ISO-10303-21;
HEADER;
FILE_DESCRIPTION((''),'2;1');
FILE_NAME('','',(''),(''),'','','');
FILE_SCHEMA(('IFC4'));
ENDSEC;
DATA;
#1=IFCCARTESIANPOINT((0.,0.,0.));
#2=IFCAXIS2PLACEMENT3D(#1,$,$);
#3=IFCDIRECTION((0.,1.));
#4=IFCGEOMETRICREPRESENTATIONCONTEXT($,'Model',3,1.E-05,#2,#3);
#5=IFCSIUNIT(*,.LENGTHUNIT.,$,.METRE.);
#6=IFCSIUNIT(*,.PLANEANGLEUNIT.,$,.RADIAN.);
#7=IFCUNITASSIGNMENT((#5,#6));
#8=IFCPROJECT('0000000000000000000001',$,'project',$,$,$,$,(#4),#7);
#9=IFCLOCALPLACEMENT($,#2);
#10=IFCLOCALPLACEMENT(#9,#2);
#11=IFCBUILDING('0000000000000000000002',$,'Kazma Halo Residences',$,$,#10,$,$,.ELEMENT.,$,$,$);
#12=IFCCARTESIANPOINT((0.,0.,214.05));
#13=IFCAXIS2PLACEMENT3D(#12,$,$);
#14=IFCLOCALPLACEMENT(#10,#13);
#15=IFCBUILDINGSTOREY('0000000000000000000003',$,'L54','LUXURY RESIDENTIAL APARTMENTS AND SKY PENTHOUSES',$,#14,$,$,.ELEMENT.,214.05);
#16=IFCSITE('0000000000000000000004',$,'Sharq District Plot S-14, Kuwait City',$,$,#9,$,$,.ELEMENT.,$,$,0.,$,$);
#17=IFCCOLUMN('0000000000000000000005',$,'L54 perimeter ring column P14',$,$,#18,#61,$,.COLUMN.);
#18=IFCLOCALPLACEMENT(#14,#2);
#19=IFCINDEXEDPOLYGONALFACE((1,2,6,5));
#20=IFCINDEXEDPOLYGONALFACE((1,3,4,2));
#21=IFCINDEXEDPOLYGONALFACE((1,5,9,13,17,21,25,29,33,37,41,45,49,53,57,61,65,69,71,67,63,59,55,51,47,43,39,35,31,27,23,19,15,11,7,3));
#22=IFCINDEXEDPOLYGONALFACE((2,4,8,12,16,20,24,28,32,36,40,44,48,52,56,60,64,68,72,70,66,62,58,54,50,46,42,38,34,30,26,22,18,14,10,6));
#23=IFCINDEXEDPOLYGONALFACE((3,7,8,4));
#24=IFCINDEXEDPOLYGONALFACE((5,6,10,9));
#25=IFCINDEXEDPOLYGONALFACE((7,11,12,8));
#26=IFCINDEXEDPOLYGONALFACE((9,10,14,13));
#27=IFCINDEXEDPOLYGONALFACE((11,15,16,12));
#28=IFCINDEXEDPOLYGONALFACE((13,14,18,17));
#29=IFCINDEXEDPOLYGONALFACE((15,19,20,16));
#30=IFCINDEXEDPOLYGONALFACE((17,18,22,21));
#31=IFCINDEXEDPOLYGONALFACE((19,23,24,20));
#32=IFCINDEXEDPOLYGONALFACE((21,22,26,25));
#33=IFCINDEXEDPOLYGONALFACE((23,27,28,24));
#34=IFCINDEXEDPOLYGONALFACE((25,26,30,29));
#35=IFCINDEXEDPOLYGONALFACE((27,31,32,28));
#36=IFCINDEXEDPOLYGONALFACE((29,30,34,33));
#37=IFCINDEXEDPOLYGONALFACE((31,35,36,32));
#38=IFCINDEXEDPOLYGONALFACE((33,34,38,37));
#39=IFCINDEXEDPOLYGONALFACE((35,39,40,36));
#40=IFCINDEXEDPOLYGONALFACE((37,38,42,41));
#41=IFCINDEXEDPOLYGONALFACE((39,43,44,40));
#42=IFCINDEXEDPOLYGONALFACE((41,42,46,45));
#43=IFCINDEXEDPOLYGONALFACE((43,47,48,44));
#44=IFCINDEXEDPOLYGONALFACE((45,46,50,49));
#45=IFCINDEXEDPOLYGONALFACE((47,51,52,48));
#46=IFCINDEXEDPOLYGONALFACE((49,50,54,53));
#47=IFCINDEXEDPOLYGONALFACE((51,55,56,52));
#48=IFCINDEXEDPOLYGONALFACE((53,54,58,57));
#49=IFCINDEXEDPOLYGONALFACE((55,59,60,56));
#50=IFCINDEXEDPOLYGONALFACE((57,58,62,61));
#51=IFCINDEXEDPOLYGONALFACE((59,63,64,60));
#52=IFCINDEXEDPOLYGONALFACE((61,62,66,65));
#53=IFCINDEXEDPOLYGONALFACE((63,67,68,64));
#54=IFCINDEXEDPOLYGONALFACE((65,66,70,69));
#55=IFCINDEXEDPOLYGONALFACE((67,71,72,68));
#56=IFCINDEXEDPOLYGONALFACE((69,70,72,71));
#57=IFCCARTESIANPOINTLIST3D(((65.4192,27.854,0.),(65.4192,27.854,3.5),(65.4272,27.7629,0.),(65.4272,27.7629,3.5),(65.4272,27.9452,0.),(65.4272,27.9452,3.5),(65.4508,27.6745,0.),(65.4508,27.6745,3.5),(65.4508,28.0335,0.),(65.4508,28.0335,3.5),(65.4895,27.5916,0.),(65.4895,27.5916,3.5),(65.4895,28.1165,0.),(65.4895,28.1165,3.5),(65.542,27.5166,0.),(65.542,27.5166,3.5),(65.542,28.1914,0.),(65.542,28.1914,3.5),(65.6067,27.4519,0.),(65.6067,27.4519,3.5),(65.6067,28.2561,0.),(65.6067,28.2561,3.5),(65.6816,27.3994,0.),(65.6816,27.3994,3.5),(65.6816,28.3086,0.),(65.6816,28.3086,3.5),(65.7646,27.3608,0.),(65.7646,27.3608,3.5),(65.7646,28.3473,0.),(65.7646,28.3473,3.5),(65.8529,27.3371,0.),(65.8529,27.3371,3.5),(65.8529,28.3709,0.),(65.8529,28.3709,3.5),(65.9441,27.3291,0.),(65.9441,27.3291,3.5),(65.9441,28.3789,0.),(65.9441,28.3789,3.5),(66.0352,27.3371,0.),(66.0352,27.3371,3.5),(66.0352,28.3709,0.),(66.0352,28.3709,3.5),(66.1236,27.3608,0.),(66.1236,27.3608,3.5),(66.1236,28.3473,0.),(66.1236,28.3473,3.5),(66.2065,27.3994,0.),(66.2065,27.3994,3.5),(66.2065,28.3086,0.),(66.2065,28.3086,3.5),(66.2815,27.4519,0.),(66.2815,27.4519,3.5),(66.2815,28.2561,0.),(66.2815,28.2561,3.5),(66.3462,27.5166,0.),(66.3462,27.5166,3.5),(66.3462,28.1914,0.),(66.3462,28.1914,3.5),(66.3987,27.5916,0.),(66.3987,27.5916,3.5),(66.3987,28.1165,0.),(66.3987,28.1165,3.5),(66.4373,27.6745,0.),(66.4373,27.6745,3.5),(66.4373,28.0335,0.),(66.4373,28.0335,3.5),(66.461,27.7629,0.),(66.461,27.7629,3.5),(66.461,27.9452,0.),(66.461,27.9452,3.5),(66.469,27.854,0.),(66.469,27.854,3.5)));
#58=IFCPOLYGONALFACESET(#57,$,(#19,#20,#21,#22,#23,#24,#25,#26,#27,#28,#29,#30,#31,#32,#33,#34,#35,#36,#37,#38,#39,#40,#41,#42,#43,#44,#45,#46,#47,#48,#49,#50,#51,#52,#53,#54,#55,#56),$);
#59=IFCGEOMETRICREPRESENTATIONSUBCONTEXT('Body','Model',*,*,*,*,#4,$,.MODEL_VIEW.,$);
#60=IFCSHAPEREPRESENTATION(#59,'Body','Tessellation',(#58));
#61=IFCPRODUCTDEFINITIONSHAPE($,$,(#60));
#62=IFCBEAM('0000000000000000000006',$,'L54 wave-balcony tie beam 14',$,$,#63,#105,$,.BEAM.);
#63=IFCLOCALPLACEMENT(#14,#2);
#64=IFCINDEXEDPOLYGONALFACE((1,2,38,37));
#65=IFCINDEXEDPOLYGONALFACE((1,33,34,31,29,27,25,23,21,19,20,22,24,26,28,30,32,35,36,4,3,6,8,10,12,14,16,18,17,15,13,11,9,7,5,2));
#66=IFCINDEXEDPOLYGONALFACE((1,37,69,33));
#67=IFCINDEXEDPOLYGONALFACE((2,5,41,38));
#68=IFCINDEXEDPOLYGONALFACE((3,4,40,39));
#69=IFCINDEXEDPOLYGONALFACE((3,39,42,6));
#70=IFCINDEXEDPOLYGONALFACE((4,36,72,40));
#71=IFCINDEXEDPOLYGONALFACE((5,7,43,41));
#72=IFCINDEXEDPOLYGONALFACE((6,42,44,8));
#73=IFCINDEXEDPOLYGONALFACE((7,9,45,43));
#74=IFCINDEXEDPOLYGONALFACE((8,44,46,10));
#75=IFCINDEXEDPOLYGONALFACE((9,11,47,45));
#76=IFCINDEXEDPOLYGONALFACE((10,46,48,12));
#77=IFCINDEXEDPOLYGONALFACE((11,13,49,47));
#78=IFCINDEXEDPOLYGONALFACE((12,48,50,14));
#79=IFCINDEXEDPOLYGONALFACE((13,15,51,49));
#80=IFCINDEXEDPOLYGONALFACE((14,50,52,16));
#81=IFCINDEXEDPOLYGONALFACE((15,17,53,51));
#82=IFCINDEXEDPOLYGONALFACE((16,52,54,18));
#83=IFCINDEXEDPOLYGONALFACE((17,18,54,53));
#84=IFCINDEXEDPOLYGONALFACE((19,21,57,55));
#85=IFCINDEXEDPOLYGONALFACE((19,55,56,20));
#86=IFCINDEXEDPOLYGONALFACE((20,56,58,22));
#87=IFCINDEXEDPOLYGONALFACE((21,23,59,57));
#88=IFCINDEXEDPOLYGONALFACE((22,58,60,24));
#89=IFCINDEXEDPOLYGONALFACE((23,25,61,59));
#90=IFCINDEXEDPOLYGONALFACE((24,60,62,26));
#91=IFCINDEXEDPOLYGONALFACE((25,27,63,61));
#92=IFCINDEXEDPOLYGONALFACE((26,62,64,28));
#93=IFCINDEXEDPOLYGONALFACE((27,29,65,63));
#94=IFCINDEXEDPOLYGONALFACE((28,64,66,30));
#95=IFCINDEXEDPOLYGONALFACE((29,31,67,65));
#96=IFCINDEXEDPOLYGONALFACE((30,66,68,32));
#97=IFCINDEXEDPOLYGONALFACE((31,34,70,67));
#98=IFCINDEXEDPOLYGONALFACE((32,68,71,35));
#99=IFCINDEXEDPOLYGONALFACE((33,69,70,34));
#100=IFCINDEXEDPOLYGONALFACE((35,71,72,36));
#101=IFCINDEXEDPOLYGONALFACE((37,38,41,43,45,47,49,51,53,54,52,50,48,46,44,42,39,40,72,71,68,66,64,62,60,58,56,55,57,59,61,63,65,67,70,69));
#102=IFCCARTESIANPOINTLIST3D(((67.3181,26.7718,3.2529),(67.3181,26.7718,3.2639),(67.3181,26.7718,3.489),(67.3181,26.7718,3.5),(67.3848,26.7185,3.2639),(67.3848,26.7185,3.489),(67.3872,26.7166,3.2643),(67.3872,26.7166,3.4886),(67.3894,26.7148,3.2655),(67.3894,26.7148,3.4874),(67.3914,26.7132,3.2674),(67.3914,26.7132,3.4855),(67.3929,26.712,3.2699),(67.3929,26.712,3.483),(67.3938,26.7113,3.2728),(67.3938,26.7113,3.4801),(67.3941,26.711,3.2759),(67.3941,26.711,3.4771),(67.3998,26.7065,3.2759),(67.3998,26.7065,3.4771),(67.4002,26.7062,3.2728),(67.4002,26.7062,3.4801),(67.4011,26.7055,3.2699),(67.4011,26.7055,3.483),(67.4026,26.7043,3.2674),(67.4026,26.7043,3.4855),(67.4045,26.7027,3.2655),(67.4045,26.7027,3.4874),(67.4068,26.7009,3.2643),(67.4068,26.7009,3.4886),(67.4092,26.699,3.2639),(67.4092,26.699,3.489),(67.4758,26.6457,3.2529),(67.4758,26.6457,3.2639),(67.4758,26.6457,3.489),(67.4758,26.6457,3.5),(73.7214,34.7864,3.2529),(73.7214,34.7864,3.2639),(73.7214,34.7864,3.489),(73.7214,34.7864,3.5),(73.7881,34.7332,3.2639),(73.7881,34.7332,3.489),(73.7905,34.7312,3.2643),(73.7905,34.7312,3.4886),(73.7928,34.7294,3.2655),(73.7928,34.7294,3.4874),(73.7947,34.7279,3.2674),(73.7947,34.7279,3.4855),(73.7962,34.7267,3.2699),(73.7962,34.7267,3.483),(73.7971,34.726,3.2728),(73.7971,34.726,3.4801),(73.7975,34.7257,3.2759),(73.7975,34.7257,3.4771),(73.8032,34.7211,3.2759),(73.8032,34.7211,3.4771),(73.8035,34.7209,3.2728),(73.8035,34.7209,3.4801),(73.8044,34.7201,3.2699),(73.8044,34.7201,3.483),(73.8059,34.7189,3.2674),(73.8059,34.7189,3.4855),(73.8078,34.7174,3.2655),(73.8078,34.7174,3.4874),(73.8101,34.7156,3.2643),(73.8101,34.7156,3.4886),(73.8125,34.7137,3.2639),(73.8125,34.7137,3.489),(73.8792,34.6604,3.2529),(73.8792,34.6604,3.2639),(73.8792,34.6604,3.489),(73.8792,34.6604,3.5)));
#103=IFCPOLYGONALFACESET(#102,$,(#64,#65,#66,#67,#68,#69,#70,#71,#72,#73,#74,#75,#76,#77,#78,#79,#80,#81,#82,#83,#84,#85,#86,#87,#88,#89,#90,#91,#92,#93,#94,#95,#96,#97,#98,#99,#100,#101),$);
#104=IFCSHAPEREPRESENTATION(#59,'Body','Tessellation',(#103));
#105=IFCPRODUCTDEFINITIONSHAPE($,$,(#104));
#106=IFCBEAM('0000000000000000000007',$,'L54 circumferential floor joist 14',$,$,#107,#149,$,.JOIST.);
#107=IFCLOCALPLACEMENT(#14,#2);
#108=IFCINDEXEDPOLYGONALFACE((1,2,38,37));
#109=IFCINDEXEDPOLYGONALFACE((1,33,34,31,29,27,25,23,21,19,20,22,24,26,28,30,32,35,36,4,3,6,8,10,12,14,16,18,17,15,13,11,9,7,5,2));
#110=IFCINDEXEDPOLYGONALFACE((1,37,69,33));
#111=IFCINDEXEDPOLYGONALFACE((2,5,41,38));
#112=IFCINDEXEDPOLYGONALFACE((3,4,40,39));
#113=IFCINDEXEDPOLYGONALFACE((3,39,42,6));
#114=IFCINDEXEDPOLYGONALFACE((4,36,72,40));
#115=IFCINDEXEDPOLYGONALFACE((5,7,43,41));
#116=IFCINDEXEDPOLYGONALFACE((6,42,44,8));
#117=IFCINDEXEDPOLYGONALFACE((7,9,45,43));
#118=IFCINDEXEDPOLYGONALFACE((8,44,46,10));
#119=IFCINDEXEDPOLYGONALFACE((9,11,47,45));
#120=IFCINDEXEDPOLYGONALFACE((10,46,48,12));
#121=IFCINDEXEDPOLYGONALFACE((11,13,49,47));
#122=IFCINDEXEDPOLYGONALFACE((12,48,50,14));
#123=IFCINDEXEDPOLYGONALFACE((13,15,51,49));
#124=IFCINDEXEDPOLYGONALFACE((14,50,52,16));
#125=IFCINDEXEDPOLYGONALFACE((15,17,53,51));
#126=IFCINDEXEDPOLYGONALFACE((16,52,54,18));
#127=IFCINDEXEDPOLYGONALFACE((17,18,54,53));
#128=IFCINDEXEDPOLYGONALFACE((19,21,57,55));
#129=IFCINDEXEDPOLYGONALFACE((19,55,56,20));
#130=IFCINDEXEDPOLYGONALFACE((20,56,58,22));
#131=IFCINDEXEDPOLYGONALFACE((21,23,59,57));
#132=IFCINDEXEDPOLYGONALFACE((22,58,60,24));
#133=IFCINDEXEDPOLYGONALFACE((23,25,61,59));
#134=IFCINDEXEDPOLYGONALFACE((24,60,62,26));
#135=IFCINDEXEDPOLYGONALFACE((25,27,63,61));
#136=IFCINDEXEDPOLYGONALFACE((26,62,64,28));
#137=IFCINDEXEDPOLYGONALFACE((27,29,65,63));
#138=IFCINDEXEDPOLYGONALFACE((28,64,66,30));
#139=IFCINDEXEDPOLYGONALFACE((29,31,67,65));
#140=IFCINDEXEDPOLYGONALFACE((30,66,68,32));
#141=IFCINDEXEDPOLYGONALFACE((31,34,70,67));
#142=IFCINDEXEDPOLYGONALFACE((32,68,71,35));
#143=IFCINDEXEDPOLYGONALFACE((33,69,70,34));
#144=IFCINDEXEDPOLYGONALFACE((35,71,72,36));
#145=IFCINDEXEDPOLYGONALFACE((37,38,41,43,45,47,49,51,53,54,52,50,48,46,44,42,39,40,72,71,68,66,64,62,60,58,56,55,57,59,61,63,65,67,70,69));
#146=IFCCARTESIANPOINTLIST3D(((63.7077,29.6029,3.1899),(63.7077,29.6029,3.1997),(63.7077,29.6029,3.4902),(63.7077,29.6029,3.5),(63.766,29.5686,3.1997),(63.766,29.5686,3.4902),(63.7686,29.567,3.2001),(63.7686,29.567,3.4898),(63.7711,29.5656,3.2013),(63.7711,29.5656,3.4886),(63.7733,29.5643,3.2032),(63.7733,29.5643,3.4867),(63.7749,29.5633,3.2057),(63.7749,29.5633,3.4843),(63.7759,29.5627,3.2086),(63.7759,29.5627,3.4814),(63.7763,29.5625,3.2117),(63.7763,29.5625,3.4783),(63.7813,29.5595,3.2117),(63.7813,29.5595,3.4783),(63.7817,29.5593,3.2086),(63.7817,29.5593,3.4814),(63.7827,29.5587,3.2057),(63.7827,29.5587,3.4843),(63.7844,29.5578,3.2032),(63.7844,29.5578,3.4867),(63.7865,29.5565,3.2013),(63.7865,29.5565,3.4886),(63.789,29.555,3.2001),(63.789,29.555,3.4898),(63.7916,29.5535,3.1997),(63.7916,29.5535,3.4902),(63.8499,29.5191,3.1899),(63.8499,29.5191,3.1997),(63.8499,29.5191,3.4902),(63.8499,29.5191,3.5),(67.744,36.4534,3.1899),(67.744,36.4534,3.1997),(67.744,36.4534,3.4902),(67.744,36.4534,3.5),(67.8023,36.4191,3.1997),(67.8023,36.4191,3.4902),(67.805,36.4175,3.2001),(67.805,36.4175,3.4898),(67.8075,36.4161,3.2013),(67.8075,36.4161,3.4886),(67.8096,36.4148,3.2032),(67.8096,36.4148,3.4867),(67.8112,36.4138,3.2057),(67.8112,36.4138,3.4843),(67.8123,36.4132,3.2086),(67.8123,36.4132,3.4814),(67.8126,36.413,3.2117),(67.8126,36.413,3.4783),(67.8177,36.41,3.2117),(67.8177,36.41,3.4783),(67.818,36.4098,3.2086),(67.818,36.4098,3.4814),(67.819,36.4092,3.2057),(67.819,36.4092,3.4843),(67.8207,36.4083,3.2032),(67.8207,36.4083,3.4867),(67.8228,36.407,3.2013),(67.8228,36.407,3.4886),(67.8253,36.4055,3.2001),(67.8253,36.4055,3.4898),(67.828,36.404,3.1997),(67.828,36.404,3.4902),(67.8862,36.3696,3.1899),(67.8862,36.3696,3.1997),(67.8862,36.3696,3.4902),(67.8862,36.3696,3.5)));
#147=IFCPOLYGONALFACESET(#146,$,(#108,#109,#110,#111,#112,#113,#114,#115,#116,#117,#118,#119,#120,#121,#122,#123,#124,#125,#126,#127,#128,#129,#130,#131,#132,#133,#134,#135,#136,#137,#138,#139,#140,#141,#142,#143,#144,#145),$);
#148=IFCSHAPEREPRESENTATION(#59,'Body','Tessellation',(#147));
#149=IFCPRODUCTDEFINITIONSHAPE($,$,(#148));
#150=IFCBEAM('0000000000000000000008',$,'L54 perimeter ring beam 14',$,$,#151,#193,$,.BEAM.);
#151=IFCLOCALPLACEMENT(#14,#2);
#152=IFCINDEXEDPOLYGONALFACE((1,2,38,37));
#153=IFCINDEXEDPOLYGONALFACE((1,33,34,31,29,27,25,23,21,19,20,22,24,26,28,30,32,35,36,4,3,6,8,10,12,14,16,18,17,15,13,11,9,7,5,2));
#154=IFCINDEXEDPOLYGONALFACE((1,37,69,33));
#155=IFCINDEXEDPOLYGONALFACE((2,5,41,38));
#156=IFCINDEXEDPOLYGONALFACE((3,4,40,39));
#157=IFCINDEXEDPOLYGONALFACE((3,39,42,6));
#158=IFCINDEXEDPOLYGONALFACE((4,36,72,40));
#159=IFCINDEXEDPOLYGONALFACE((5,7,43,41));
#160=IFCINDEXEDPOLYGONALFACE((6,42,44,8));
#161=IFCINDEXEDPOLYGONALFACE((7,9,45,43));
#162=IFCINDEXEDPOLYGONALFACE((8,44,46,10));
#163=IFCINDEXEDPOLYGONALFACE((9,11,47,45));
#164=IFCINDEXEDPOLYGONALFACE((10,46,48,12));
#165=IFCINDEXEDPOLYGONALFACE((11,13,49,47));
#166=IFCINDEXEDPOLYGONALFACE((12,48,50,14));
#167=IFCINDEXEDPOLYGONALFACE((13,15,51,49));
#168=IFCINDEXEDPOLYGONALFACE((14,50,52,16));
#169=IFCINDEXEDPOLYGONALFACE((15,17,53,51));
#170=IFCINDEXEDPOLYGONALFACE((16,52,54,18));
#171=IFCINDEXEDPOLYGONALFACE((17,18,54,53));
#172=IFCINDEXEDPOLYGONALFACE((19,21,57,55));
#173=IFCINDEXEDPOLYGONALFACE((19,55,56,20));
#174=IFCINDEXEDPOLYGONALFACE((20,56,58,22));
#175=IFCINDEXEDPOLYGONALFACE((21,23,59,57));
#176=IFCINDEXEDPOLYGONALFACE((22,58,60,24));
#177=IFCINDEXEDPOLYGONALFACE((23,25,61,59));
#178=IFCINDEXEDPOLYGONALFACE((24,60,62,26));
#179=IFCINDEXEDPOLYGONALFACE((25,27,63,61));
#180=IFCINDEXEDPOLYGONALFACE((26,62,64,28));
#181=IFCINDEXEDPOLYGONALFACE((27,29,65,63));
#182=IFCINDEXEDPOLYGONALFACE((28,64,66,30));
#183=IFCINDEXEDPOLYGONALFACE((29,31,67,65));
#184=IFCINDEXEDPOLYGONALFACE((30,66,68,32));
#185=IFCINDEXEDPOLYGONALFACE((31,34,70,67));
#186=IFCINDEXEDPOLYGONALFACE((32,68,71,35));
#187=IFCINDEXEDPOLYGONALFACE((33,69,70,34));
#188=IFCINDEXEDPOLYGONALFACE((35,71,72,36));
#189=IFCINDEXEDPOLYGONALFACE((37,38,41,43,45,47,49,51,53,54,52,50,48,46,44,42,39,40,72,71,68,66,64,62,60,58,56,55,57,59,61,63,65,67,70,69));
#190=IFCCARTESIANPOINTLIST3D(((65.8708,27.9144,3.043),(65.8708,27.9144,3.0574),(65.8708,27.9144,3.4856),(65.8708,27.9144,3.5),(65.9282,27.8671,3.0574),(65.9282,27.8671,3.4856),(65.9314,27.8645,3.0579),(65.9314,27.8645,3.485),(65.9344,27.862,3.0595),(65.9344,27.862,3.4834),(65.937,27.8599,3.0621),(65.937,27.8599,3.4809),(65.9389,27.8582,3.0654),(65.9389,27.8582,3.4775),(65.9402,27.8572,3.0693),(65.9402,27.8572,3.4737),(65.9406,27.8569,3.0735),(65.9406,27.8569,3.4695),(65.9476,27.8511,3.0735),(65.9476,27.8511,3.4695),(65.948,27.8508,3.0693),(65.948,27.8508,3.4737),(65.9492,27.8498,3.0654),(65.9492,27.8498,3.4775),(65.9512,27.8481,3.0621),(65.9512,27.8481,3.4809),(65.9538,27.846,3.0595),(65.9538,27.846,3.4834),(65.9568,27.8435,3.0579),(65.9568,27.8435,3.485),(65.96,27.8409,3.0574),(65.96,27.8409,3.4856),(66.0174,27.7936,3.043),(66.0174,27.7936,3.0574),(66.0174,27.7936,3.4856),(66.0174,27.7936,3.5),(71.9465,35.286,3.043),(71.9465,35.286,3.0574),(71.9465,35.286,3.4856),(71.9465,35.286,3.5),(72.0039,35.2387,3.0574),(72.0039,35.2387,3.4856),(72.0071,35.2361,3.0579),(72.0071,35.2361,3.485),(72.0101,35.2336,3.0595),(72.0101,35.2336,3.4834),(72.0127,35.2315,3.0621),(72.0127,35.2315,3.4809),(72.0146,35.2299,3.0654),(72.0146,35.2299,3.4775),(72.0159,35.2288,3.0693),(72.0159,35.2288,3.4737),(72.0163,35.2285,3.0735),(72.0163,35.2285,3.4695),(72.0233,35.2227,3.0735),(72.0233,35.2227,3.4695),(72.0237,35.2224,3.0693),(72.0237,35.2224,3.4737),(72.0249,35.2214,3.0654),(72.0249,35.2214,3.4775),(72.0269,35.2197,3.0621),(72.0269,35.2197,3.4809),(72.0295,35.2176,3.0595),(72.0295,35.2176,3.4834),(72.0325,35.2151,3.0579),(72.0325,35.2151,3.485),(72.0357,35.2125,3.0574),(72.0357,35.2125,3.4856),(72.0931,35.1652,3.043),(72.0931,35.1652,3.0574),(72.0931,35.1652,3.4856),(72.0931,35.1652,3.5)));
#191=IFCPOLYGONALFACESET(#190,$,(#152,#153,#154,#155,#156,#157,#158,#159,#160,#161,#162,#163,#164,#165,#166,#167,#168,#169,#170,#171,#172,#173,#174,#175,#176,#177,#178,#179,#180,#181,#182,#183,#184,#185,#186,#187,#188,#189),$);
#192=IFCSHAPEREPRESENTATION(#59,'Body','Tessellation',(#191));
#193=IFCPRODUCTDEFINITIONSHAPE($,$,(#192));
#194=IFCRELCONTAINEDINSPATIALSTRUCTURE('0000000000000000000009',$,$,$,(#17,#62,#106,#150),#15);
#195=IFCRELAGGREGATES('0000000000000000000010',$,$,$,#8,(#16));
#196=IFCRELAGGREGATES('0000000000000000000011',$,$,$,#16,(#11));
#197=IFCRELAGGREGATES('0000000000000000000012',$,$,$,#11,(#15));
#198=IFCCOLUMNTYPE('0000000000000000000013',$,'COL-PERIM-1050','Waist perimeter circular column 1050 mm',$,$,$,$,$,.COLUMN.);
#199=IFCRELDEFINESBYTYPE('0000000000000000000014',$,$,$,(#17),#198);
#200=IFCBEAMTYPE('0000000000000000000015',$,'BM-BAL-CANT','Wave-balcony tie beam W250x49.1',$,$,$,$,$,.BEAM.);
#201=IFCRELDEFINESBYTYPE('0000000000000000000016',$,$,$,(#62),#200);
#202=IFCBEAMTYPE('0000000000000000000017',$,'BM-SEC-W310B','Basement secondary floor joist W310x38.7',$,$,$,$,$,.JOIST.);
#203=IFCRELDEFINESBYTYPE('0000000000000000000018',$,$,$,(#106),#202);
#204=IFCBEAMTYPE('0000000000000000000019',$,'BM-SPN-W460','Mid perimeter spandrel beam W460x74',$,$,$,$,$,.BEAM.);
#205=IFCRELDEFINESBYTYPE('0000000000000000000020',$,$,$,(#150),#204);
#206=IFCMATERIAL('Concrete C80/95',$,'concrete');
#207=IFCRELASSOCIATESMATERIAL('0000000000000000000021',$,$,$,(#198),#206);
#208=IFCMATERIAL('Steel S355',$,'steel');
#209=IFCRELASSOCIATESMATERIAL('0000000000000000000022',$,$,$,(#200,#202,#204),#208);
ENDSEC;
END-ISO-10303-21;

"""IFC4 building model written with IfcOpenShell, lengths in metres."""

from ifc_helpers import new_model, si_unit, direction, frame, origin, origin_2d, place, context, subcontext, project, spatial, circle, i_section, extrude, material, material_profile, profile_set, type_object, element, save


model = new_model("IFC4")

# Units and contexts
model_context = context("Model", 3, precision=1e-05, world=origin(), true_north=direction((0.0, 1.0)))
body_context = subcontext(model_context, "Body", "Model", "MODEL_VIEW")
ifc_project = project(units=[si_unit("LENGTHUNIT", "METRE"), si_unit("PLANEANGLEUNIT", "RADIAN")], contexts=[model_context])

# Site, building, storey
site_placement = place(None, origin())
site = spatial("IfcSite", under=ifc_project, at=site_placement, Name="Sharq District Plot S-14, Kuwait City", CompositionType="ELEMENT", RefElevation=0.0)
building_placement = place(site_placement, origin())
building = spatial("IfcBuilding", under=site, at=building_placement, Name="Kazma Halo Residences", CompositionType="ELEMENT")
storey_placement = place(building_placement, frame((0.0, 0.0, 214.05)))
storey = spatial("IfcBuildingStorey", under=building, at=storey_placement, Name="L54", Description="LUXURY RESIDENTIAL APARTMENTS AND SKY PENTHOUSES", CompositionType="ELEMENT", Elevation=214.05)

# Column
ifc_material_1 = material(Name="Concrete C80/95", Category="concrete")
ifc_material_profile_1 = material_profile(ifc_material_1, circle(Radius=0.5249, at=origin_2d()), Name="CIRC1050")
ifc_profile_set_1 = profile_set([ifc_material_profile_1], Name="Concrete C80/95")
column_type = type_object("IfcColumnType", Name="COL-PERIM-1050", Description="Waist perimeter circular column 1050 mm", PredefinedType="COLUMN", material=ifc_profile_set_1)
column_placement = place(storey_placement, frame((65.9441, 27.854, 0.0), z_axis=(0.0, 0.0, 1.0), x_axis=(1.0, 0.0, 0.0)))
element("IfcColumn", 1, at=column_placement, inside=storey, type_object=column_type, Name="L54 perimeter ring column P14", PredefinedType="COLUMN", context=body_context, shape_type="SweptSolid", body=[
    extrude(circle(Radius=0.5249, at=origin_2d()), origin(), (0.0, 0.0, 1.0), 3.5),
])

# Beams
ifc_material_2 = material(Name="Steel S355", Category="steel")
ifc_material_profile_2 = material_profile(ifc_material_2, i_section(OverallWidth=0.2019, OverallDepth=0.2471, WebThickness=0.0073, FlangeThickness=0.011, FilletRadius=0.012, at=origin_2d()), Name="W250x49.1")
ifc_profile_set_2 = profile_set([ifc_material_profile_2], Name="Steel S355")
beam_type_1 = type_object("IfcBeamType", Name="BM-BAL-CANT", Description="Wave-balcony tie beam W250x49.1", PredefinedType="BEAM", material=ifc_profile_set_2)
beam_1_placement = place(storey_placement, frame((67.397, 26.7087, 3.3765), z_axis=(0.624196, 0.781268, 0.0), x_axis=(-0.781268, 0.624196, 0.0)))
element("IfcBeam", 2, at=beam_1_placement, inside=storey, type_object=beam_type_1, Name="L54 wave-balcony tie beam 14", PredefinedType="BEAM", context=body_context, shape_type="SweptSolid", body=[
    extrude(i_section(OverallWidth=0.2019, OverallDepth=0.2471, WebThickness=0.0073, FlangeThickness=0.011, FilletRadius=0.012, at=origin_2d()), origin(), (0.0, 0.0, 1.0), 10.2585),
])
ifc_material_profile_3 = material_profile(ifc_material_2, i_section(OverallWidth=0.165, OverallDepth=0.3101, WebThickness=0.0059, FlangeThickness=0.0098, FilletRadius=0.012, at=origin_2d()), Name="W310x38.7")
ifc_profile_set_3 = profile_set([ifc_material_profile_3], Name="Steel S355")
beam_type_2 = type_object("IfcBeamType", Name="BM-SEC-W310B", Description="Basement secondary floor joist W310x38.7", PredefinedType="JOIST", material=ifc_profile_set_3)
beam_2_placement = place(storey_placement, frame((63.7788, 29.561, 3.345), z_axis=(0.507639, 0.86157, 0.0), x_axis=(-0.86157, 0.507639, 0.0)))
element("IfcBeam", 3, at=beam_2_placement, inside=storey, type_object=beam_type_2, Name="L54 circumferential floor joist 14", PredefinedType="JOIST", context=body_context, shape_type="SweptSolid", body=[
    extrude(i_section(OverallWidth=0.165, OverallDepth=0.3101, WebThickness=0.0059, FlangeThickness=0.0098, FilletRadius=0.012, at=origin_2d()), origin(), (0.0, 0.0, 1.0), 7.9512),
])
ifc_material_profile_4 = material_profile(ifc_material_2, i_section(OverallWidth=0.1899, OverallDepth=0.457, WebThickness=0.009, FlangeThickness=0.0144, FilletRadius=0.0161, at=origin_2d()), Name="W460x74")
ifc_profile_set_4 = profile_set([ifc_material_profile_4], Name="Steel S355")
beam_type_3 = type_object("IfcBeamType", Name="BM-SPN-W460", Description="Mid perimeter spandrel beam W460x74", PredefinedType="BEAM", material=ifc_profile_set_4)
beam_3_placement = place(storey_placement, frame((65.9441, 27.854, 3.2715), z_axis=(0.636017, 0.771675, 0.0), x_axis=(-0.771675, 0.636017, 0.0)))
element("IfcBeam", 4, at=beam_3_placement, inside=storey, type_object=beam_type_3, Name="L54 perimeter ring beam 14", PredefinedType="BEAM", context=body_context, shape_type="SweptSolid", body=[
    extrude(i_section(OverallWidth=0.1899, OverallDepth=0.457, WebThickness=0.009, FlangeThickness=0.0144, FilletRadius=0.0161, at=origin_2d()), origin(), (0.0, 0.0, 1.0), 9.5527),
])

save(model, "model.ifc")
